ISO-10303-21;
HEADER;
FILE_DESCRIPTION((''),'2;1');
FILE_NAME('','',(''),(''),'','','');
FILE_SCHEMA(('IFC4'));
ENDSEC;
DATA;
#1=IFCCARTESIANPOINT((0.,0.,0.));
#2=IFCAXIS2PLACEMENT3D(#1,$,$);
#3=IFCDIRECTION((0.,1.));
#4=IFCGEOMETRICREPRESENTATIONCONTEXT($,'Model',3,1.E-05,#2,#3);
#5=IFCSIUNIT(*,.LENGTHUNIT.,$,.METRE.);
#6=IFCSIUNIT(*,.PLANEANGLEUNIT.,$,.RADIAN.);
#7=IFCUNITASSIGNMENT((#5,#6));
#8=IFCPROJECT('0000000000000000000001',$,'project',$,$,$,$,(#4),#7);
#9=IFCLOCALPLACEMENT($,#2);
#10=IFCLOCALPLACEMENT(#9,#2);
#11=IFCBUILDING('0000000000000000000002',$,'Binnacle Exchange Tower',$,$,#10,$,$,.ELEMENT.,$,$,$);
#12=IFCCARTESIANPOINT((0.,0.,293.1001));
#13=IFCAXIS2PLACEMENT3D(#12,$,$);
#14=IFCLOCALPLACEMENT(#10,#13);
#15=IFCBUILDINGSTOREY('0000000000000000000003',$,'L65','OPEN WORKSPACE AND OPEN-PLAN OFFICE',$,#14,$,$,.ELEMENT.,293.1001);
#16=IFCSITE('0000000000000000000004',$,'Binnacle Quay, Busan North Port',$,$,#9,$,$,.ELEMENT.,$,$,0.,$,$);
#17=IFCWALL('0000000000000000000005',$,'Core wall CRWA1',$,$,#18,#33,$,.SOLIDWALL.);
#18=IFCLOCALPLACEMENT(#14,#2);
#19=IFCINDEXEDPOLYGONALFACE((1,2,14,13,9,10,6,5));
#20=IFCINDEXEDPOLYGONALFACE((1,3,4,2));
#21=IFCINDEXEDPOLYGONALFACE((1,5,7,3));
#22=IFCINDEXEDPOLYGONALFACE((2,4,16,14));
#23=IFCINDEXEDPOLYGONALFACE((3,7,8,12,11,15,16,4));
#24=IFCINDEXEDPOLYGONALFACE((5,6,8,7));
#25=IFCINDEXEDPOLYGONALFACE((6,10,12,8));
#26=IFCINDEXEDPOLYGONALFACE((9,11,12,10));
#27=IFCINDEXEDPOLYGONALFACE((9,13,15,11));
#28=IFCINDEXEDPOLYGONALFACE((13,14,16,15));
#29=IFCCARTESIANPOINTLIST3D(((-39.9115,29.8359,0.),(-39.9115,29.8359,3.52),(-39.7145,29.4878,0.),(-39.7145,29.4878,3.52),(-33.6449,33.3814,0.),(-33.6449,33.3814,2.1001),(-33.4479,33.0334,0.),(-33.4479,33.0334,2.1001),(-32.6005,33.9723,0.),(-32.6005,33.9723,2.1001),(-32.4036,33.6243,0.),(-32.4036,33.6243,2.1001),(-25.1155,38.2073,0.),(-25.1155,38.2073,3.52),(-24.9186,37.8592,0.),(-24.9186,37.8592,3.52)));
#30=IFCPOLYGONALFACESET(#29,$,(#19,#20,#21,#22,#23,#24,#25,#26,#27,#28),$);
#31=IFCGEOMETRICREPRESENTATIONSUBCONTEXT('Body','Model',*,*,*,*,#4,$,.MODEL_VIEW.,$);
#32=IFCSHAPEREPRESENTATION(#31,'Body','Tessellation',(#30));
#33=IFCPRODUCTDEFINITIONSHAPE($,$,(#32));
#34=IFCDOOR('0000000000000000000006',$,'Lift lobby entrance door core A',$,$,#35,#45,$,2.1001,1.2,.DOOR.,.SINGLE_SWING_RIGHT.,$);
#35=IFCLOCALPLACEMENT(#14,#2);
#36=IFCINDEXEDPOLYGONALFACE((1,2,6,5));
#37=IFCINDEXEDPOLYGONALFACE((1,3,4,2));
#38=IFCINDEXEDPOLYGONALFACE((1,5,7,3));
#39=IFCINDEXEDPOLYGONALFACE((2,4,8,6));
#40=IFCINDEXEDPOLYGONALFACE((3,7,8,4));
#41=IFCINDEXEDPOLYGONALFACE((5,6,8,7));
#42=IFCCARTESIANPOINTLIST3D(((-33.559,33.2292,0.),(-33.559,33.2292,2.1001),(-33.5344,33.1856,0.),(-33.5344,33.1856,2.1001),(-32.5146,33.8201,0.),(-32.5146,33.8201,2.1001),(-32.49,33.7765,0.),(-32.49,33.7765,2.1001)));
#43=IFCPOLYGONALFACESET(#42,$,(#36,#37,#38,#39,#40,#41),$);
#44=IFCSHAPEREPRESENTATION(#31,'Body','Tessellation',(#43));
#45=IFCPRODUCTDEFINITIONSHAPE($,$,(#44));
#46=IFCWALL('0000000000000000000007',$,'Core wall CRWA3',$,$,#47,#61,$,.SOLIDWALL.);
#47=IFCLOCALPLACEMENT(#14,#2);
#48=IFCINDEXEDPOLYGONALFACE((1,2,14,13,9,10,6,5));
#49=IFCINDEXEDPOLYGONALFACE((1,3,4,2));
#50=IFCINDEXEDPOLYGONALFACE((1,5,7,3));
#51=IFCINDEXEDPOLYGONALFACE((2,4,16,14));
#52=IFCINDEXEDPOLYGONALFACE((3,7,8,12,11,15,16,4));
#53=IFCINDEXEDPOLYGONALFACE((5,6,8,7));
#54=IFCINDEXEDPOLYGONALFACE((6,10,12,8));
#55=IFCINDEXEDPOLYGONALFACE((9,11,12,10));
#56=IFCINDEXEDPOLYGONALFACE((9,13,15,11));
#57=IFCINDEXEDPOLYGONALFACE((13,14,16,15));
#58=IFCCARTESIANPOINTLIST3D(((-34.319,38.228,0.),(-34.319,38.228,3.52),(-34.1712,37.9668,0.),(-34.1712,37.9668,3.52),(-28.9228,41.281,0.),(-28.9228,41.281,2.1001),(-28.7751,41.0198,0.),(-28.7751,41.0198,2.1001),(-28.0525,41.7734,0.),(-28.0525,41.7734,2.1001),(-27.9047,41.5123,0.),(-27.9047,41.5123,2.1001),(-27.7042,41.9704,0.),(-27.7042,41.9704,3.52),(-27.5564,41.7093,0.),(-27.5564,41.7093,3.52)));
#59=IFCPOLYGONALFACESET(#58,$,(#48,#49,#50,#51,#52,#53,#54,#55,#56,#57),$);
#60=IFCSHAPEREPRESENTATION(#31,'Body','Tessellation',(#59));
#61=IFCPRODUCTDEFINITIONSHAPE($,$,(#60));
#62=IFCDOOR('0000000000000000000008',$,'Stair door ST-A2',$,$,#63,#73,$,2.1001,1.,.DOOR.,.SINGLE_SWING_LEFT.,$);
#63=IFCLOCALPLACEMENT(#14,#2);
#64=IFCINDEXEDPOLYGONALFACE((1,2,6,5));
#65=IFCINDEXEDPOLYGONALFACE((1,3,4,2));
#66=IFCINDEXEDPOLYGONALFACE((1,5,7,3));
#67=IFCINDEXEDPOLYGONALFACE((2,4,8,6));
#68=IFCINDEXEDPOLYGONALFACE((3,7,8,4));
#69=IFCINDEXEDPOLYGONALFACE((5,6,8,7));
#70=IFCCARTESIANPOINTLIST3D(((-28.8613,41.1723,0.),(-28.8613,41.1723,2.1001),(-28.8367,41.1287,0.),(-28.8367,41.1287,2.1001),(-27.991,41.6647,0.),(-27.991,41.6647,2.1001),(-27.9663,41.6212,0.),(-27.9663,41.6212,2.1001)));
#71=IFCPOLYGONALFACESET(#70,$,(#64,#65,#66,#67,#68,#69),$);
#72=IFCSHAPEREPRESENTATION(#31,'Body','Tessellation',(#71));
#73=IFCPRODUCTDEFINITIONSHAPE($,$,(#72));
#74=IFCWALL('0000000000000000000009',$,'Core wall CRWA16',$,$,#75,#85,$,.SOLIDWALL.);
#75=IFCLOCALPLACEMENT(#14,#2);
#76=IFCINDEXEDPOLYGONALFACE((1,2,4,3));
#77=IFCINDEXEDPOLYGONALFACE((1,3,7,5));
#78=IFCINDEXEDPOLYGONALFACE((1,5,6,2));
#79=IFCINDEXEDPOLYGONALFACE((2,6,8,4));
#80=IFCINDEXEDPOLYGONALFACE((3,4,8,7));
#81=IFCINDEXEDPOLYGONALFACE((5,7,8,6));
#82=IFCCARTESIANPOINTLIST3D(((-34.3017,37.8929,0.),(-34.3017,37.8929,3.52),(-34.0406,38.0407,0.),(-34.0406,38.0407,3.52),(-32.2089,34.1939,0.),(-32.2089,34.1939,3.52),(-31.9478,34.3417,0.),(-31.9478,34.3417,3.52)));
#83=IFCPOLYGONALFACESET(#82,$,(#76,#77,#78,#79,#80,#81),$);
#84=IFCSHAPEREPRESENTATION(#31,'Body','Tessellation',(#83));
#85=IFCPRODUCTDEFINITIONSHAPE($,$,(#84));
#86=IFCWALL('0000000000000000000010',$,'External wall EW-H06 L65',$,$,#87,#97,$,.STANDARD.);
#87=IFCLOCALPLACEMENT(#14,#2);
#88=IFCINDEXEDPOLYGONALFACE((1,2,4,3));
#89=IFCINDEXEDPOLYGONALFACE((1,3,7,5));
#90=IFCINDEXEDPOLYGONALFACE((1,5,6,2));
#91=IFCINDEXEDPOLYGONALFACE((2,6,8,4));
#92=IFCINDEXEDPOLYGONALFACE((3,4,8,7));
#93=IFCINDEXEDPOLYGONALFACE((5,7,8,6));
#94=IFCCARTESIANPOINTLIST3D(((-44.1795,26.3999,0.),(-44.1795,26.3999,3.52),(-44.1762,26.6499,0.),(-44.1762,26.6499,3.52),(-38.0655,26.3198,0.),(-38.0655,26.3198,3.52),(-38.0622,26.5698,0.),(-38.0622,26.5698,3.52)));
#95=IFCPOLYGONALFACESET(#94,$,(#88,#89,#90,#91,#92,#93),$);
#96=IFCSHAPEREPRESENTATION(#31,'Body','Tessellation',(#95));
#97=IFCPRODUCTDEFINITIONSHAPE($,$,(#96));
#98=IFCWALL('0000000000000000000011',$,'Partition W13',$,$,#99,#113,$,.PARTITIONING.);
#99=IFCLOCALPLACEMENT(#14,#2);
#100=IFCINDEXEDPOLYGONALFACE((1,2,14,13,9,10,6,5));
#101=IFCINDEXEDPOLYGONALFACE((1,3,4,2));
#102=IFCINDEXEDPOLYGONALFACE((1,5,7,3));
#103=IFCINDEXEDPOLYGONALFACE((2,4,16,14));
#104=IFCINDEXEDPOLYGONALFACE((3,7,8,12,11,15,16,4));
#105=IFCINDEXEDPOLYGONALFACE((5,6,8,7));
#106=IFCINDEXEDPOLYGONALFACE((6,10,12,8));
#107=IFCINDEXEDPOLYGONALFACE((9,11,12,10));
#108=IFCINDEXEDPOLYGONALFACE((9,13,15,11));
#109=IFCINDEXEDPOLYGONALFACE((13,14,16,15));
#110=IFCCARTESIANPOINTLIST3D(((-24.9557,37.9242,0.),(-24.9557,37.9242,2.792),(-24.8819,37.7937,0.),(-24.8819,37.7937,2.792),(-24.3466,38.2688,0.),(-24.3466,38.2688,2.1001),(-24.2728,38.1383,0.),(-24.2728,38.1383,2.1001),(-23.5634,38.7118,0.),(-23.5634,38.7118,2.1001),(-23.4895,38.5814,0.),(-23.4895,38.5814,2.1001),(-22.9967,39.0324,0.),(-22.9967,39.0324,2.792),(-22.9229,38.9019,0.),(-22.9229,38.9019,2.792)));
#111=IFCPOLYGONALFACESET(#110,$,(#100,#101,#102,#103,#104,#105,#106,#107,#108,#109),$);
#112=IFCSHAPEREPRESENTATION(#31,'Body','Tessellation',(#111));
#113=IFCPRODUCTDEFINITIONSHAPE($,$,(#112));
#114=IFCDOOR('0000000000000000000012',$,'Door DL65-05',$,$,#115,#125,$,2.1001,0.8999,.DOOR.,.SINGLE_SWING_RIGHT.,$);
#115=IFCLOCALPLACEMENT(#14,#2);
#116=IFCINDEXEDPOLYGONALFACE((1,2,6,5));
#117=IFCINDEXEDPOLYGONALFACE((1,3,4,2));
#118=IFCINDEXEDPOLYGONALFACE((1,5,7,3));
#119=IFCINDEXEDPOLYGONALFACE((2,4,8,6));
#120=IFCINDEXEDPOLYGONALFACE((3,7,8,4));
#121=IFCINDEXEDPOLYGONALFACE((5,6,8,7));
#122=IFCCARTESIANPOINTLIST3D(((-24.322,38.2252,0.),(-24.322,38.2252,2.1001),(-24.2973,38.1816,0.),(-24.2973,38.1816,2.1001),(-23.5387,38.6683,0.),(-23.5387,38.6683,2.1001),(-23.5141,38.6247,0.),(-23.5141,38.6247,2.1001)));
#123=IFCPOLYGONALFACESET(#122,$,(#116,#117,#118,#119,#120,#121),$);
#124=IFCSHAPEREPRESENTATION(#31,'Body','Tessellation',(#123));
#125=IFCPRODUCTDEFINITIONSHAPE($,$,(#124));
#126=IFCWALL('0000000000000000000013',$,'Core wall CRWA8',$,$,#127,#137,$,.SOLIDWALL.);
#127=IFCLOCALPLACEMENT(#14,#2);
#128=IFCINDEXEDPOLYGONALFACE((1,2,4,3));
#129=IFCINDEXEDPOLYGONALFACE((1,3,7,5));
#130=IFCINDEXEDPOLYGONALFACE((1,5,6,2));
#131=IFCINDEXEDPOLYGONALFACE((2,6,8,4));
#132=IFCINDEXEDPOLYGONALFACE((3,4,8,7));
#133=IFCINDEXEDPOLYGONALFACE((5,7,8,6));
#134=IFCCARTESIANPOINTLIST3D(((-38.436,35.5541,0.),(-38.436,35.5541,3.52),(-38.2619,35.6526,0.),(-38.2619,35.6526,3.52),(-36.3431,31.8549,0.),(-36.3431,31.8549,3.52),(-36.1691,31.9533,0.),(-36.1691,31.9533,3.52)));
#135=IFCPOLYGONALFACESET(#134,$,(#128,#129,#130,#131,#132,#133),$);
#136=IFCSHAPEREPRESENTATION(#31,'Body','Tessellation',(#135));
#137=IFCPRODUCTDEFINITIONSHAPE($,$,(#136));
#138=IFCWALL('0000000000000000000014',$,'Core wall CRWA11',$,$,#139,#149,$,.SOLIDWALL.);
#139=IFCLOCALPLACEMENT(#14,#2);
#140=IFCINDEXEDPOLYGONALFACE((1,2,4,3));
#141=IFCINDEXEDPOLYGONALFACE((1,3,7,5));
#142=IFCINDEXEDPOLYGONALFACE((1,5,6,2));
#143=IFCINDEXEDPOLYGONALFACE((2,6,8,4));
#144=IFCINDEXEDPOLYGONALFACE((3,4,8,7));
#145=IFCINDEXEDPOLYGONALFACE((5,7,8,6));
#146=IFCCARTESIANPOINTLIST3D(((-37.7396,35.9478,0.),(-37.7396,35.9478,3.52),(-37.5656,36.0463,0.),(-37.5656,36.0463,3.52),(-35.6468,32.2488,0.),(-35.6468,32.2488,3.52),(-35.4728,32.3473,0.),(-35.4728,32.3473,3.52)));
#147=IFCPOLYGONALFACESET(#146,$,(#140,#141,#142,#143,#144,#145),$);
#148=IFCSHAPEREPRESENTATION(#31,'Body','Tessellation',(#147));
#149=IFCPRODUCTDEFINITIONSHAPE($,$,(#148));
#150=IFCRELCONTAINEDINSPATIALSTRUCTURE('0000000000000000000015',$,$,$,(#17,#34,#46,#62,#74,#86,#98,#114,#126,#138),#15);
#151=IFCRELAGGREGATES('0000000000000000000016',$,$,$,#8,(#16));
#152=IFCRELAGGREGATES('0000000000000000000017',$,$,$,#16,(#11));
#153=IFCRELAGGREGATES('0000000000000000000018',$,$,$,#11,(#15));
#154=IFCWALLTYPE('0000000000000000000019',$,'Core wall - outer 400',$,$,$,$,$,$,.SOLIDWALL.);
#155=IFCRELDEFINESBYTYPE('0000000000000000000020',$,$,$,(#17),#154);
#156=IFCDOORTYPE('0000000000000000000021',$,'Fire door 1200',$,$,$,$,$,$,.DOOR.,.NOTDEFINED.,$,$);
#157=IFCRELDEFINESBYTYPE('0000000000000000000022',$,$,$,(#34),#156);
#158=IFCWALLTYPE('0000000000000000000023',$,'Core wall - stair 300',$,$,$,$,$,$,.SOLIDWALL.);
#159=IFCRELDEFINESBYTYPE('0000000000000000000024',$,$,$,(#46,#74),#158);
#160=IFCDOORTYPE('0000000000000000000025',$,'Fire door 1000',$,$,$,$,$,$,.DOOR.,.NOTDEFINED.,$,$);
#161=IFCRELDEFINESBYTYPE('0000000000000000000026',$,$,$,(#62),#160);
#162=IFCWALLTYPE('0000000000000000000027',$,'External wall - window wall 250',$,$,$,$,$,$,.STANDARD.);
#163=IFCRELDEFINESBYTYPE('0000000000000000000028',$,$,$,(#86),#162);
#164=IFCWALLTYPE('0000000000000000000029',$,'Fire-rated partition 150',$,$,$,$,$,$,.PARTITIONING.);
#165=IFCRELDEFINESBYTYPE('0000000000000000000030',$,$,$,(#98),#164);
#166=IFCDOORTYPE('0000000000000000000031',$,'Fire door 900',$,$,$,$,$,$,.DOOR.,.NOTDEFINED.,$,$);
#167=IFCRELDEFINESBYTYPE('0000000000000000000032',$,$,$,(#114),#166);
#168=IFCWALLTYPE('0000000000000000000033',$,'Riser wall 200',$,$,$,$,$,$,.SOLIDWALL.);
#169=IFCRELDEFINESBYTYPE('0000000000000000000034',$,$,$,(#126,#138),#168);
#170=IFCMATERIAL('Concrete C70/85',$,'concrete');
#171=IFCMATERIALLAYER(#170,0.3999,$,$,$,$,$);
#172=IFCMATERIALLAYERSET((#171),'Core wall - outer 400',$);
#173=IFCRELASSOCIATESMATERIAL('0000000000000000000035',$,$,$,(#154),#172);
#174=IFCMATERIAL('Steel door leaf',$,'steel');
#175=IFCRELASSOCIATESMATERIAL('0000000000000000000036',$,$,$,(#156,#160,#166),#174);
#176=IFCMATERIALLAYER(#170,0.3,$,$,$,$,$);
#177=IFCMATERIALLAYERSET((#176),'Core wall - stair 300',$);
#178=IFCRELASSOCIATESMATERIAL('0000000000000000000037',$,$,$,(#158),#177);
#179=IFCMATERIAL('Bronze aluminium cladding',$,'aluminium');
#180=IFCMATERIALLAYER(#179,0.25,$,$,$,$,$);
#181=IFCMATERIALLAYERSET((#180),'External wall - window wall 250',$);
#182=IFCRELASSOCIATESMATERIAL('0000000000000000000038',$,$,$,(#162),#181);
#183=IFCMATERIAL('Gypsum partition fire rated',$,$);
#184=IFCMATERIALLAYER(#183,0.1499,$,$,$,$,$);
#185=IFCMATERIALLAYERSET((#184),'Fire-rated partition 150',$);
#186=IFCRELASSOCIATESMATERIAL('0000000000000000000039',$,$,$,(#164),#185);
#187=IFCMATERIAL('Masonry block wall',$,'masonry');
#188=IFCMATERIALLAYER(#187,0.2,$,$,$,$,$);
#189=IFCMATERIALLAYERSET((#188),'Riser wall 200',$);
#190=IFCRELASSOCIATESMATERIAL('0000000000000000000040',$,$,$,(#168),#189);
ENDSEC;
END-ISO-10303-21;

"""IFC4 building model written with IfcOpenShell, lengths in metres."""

from ifc_helpers import new_model, si_unit, direction, frame, frame_2d, origin, place, context, subcontext, project, spatial, rectangle, extrude, material, layer, layer_set, type_object, element, fill, save


model = new_model("IFC4")

# Units and contexts
model_context = context("Model", 3, precision=1e-05, world=origin(), true_north=direction((0.0, 1.0)))
body_context = subcontext(model_context, "Body", "Model", "MODEL_VIEW")
ifc_project = project(units=[si_unit("LENGTHUNIT", "METRE"), si_unit("PLANEANGLEUNIT", "RADIAN")], contexts=[model_context])

# Site, building, storey
site_placement = place(None, origin())
site = spatial("IfcSite", under=ifc_project, at=site_placement, Name="Binnacle Quay, Busan North Port", CompositionType="ELEMENT", RefElevation=0.0)
building_placement = place(site_placement, origin())
building = spatial("IfcBuilding", under=site, at=building_placement, Name="Binnacle Exchange Tower", CompositionType="ELEMENT")
storey_placement = place(building_placement, frame((0.0, 0.0, 293.1001)))
storey = spatial("IfcBuildingStorey", under=building, at=storey_placement, Name="L65", Description="OPEN WORKSPACE AND OPEN-PLAN OFFICE", CompositionType="ELEMENT", Elevation=293.1001)

# Shared definitions
ifc_material_1 = material(Name="Concrete C70/85", Category="concrete")

# Walls, openings, doors
ifc_layer_1 = layer(ifc_material_1, 0.3999)
ifc_layer_set_1 = layer_set([ifc_layer_1], Name="Core wall - outer 400")
wall_type_1 = type_object("IfcWallType", Name="Core wall - outer 400", PredefinedType="SOLIDWALL", material=ifc_layer_set_1)
wall_1_placement = place(storey_placement, frame((-39.813, 29.6619, 0.0), z_axis=(0.0, 0.0, 1.0), x_axis=(0.87035, 0.492433, 0.0)))
wall_1 = element("IfcWall", 1, at=wall_1_placement, inside=storey, type_object=wall_type_1, Name="Core wall CRWA1", PredefinedType="SOLIDWALL", context=body_context, shape_type="SweptSolid", body=[
    extrude(rectangle(XDim=17.0, YDim=0.3999, at=frame_2d((8.5, 0.0))), origin(), (0.0, 0.0, 1.0), 3.52),
])
opening_1_placement = place(wall_1_placement, frame((7.2, 0.0, 0.0)))
opening_1 = element("IfcOpeningElement", 2, at=opening_1_placement, cuts=wall_1, PredefinedType="OPENING", context=body_context, shape_type="SweptSolid", body=[
    extrude(rectangle(XDim=1.2, YDim=2.1001, at=frame_2d((0.6001, 1.05))), frame((0.0, 0.21, 0.0), z_axis=(0.0, -1.0, 0.0), x_axis=(1.0, 0.0, 0.0)), (0.0, 0.0, 1.0), 0.4199),
])
ifc_material_2 = material(Name="Steel door leaf", Category="steel")
door_type_1 = type_object("IfcDoorType", Name="Fire door 1200", OperationType="NOTDEFINED", PredefinedType="DOOR", material=ifc_material_2)
door_1_placement = place(opening_1_placement, frame((1.2, 0.0, 0.0), z_axis=(0.0, 0.0, 1.0), x_axis=(-1.0, 0.0, 0.0)))
door_1 = element("IfcDoor", 3, at=door_1_placement, inside=storey, type_object=door_type_1, Name="Lift lobby entrance door core A", OperationType="SINGLE_SWING_RIGHT", OverallHeight=2.1001, OverallWidth=1.2, PredefinedType="DOOR", context=body_context, shape_type="SweptSolid", body=[
    extrude(rectangle(XDim=1.2, YDim=2.1001, at=frame_2d((0.6001, 1.05))), frame((0.0, 0.0249, 0.0), z_axis=(0.0, -1.0, 0.0), x_axis=(1.0, 0.0, 0.0)), (0.0, 0.0, 1.0), 0.05),
])
fill(opening_1, door_1)
ifc_layer_2 = layer(ifc_material_1, 0.3)
ifc_layer_set_2 = layer_set([ifc_layer_2], Name="Core wall - stair 300")
wall_type_2 = type_object("IfcWallType", Name="Core wall - stair 300", PredefinedType="SOLIDWALL", material=ifc_layer_set_2)
wall_2_placement = place(storey_placement, frame((-34.2451, 38.0974, 0.0), z_axis=(0.0, 0.0, 1.0), x_axis=(0.870356, 0.492422, 0.0)))
wall_2 = element("IfcWall", 4, at=wall_2_placement, inside=storey, type_object=wall_type_2, Name="Core wall CRWA3", PredefinedType="SOLIDWALL", context=body_context, shape_type="SweptSolid", body=[
    extrude(rectangle(XDim=7.6001, YDim=0.3, at=frame_2d((3.8, 0.0))), origin(), (0.0, 0.0, 1.0), 3.52),
])
opening_2_placement = place(wall_2_placement, frame((6.2, 0.0, 0.0)))
opening_2 = element("IfcOpeningElement", 5, at=opening_2_placement, cuts=wall_2, PredefinedType="OPENING", context=body_context, shape_type="SweptSolid", body=[
    extrude(rectangle(XDim=1.0, YDim=2.1001, at=frame_2d((0.5, 1.05))), frame((0.0, 0.1599, 0.0), z_axis=(0.0, -1.0, 0.0), x_axis=(1.0, 0.0, 0.0)), (0.0, 0.0, 1.0), 0.3201),
])
door_type_2 = type_object("IfcDoorType", Name="Fire door 1000", OperationType="NOTDEFINED", PredefinedType="DOOR", material=ifc_material_2)
door_2_placement = place(opening_2_placement, frame((1.0, 0.0, 0.0), z_axis=(0.0, 0.0, 1.0), x_axis=(-1.0, 0.0, 0.0)))
door_2 = element("IfcDoor", 6, at=door_2_placement, inside=storey, type_object=door_type_2, Name="Stair door ST-A2", OperationType="SINGLE_SWING_LEFT", OverallHeight=2.1001, OverallWidth=1.0, PredefinedType="DOOR", context=body_context, shape_type="SweptSolid", body=[
    extrude(rectangle(XDim=1.0, YDim=2.1001, at=frame_2d((0.5, 1.05))), frame((0.0, 0.0249, 0.0), z_axis=(0.0, -1.0, 0.0), x_axis=(1.0, 0.0, 0.0)), (0.0, 0.0, 1.0), 0.05),
])
fill(opening_2, door_2)

# Walls
wall_3_placement = place(storey_placement, frame((-34.1711, 37.9668, 0.0), z_axis=(0.0, 0.0, 1.0), x_axis=(0.492423, -0.870356, 0.0)))
element("IfcWall", 7, at=wall_3_placement, inside=storey, type_object=wall_type_2, Name="Core wall CRWA16", PredefinedType="SOLIDWALL", context=body_context, shape_type="SweptSolid", body=[
    extrude(rectangle(XDim=4.25, YDim=0.3, at=frame_2d((2.125, 0.0))), origin(), (0.0, 0.0, 1.0), 3.52),
])
ifc_material_3 = material(Name="Bronze aluminium cladding", Category="aluminium")
ifc_layer_3 = layer(ifc_material_3, 0.25)
ifc_layer_set_3 = layer_set([ifc_layer_3], Name="External wall - window wall 250")
wall_type_3 = type_object("IfcWallType", Name="External wall - window wall 250", PredefinedType="STANDARD", material=ifc_layer_set_3)
wall_4_placement = place(storey_placement, frame((-38.064, 26.4448, 0.0), z_axis=(0.0, 0.0, 1.0), x_axis=(-0.999914, 0.013096, 0.0)))
element("IfcWall", 8, at=wall_4_placement, inside=storey, type_object=wall_type_3, Name="External wall EW-H06 L65", PredefinedType="STANDARD", context=body_context, shape_type="SweptSolid", body=[
    extrude(rectangle(XDim=6.1145, YDim=0.25, at=frame_2d((3.0571, 0.0))), origin(), (0.0, 0.0, 1.0), 3.52),
])

# Wall, opening, door
ifc_material_4 = material(Name="Gypsum partition fire rated")
ifc_layer_4 = layer(ifc_material_4, 0.1499)
ifc_layer_set_4 = layer_set([ifc_layer_4], Name="Fire-rated partition 150")
wall_type_4 = type_object("IfcWallType", Name="Fire-rated partition 150", PredefinedType="PARTITIONING", material=ifc_layer_set_4)
wall_5_placement = place(storey_placement, frame((-24.9189, 37.8589, 0.0), z_axis=(0.0, 0.0, 1.0), x_axis=(0.870391, 0.492361, 0.0)))
wall_5 = element("IfcWall", 9, at=wall_5_placement, inside=storey, type_object=wall_type_4, Name="Partition W13", PredefinedType="PARTITIONING", context=body_context, shape_type="SweptSolid", body=[
    extrude(rectangle(XDim=2.2507, YDim=0.1499, at=frame_2d((1.1255, 0.0))), origin(), (0.0, 0.0, 1.0), 2.792),
])
opening_3_placement = place(wall_5_placement, frame((0.7, 0.0, 0.0)))
opening_3 = element("IfcOpeningElement", 10, at=opening_3_placement, cuts=wall_5, PredefinedType="OPENING", context=body_context, shape_type="SweptSolid", body=[
    extrude(rectangle(XDim=0.8999, YDim=2.1001, at=frame_2d((0.45, 1.05))), frame((0.0, 0.085, 0.0), z_axis=(0.0, -1.0, 0.0), x_axis=(1.0, 0.0, 0.0)), (0.0, 0.0, 1.0), 0.1699),
])
door_type_3 = type_object("IfcDoorType", Name="Fire door 900", OperationType="NOTDEFINED", PredefinedType="DOOR", material=ifc_material_2)
door_3_placement = place(opening_3_placement, origin())
door_3 = element("IfcDoor", 11, at=door_3_placement, inside=storey, type_object=door_type_3, Name="Door DL65-05", OperationType="SINGLE_SWING_RIGHT", OverallHeight=2.1001, OverallWidth=0.8999, PredefinedType="DOOR", context=body_context, shape_type="SweptSolid", body=[
    extrude(rectangle(XDim=0.8999, YDim=2.1001, at=frame_2d((0.45, 1.05))), frame((0.0, 0.0249, 0.0), z_axis=(0.0, -1.0, 0.0), x_axis=(1.0, 0.0, 0.0)), (0.0, 0.0, 1.0), 0.05),
])
fill(opening_3, door_3)

# Walls
ifc_material_5 = material(Name="Masonry block wall", Category="masonry")
ifc_layer_5 = layer(ifc_material_5, 0.2)
ifc_layer_set_5 = layer_set([ifc_layer_5], Name="Riser wall 200")
wall_type_5 = type_object("IfcWallType", Name="Riser wall 200", PredefinedType="SOLIDWALL", material=ifc_layer_set_5)
wall_6_placement = place(storey_placement, frame((-38.3489, 35.6033, 0.0), z_axis=(0.0, 0.0, 1.0), x_axis=(0.492398, -0.87037, 0.0)))
element("IfcWall", 12, at=wall_6_placement, inside=storey, type_object=wall_type_5, Name="Core wall CRWA8", PredefinedType="SOLIDWALL", context=body_context, shape_type="SweptSolid", body=[
    extrude(rectangle(XDim=4.2502, YDim=0.2, at=frame_2d((2.125, 0.0))), origin(), (0.0, 0.0, 1.0), 3.52),
])
wall_7_placement = place(storey_placement, frame((-37.6526, 35.9971, 0.0), z_axis=(0.0, 0.0, 1.0), x_axis=(0.492423, -0.870356, 0.0)))
element("IfcWall", 13, at=wall_7_placement, inside=storey, type_object=wall_type_5, Name="Core wall CRWA11", PredefinedType="SOLIDWALL", context=body_context, shape_type="SweptSolid", body=[
    extrude(rectangle(XDim=4.25, YDim=0.2, at=frame_2d((2.125, 0.0))), origin(), (0.0, 0.0, 1.0), 3.52),
])

save(model, "model.ifc")
